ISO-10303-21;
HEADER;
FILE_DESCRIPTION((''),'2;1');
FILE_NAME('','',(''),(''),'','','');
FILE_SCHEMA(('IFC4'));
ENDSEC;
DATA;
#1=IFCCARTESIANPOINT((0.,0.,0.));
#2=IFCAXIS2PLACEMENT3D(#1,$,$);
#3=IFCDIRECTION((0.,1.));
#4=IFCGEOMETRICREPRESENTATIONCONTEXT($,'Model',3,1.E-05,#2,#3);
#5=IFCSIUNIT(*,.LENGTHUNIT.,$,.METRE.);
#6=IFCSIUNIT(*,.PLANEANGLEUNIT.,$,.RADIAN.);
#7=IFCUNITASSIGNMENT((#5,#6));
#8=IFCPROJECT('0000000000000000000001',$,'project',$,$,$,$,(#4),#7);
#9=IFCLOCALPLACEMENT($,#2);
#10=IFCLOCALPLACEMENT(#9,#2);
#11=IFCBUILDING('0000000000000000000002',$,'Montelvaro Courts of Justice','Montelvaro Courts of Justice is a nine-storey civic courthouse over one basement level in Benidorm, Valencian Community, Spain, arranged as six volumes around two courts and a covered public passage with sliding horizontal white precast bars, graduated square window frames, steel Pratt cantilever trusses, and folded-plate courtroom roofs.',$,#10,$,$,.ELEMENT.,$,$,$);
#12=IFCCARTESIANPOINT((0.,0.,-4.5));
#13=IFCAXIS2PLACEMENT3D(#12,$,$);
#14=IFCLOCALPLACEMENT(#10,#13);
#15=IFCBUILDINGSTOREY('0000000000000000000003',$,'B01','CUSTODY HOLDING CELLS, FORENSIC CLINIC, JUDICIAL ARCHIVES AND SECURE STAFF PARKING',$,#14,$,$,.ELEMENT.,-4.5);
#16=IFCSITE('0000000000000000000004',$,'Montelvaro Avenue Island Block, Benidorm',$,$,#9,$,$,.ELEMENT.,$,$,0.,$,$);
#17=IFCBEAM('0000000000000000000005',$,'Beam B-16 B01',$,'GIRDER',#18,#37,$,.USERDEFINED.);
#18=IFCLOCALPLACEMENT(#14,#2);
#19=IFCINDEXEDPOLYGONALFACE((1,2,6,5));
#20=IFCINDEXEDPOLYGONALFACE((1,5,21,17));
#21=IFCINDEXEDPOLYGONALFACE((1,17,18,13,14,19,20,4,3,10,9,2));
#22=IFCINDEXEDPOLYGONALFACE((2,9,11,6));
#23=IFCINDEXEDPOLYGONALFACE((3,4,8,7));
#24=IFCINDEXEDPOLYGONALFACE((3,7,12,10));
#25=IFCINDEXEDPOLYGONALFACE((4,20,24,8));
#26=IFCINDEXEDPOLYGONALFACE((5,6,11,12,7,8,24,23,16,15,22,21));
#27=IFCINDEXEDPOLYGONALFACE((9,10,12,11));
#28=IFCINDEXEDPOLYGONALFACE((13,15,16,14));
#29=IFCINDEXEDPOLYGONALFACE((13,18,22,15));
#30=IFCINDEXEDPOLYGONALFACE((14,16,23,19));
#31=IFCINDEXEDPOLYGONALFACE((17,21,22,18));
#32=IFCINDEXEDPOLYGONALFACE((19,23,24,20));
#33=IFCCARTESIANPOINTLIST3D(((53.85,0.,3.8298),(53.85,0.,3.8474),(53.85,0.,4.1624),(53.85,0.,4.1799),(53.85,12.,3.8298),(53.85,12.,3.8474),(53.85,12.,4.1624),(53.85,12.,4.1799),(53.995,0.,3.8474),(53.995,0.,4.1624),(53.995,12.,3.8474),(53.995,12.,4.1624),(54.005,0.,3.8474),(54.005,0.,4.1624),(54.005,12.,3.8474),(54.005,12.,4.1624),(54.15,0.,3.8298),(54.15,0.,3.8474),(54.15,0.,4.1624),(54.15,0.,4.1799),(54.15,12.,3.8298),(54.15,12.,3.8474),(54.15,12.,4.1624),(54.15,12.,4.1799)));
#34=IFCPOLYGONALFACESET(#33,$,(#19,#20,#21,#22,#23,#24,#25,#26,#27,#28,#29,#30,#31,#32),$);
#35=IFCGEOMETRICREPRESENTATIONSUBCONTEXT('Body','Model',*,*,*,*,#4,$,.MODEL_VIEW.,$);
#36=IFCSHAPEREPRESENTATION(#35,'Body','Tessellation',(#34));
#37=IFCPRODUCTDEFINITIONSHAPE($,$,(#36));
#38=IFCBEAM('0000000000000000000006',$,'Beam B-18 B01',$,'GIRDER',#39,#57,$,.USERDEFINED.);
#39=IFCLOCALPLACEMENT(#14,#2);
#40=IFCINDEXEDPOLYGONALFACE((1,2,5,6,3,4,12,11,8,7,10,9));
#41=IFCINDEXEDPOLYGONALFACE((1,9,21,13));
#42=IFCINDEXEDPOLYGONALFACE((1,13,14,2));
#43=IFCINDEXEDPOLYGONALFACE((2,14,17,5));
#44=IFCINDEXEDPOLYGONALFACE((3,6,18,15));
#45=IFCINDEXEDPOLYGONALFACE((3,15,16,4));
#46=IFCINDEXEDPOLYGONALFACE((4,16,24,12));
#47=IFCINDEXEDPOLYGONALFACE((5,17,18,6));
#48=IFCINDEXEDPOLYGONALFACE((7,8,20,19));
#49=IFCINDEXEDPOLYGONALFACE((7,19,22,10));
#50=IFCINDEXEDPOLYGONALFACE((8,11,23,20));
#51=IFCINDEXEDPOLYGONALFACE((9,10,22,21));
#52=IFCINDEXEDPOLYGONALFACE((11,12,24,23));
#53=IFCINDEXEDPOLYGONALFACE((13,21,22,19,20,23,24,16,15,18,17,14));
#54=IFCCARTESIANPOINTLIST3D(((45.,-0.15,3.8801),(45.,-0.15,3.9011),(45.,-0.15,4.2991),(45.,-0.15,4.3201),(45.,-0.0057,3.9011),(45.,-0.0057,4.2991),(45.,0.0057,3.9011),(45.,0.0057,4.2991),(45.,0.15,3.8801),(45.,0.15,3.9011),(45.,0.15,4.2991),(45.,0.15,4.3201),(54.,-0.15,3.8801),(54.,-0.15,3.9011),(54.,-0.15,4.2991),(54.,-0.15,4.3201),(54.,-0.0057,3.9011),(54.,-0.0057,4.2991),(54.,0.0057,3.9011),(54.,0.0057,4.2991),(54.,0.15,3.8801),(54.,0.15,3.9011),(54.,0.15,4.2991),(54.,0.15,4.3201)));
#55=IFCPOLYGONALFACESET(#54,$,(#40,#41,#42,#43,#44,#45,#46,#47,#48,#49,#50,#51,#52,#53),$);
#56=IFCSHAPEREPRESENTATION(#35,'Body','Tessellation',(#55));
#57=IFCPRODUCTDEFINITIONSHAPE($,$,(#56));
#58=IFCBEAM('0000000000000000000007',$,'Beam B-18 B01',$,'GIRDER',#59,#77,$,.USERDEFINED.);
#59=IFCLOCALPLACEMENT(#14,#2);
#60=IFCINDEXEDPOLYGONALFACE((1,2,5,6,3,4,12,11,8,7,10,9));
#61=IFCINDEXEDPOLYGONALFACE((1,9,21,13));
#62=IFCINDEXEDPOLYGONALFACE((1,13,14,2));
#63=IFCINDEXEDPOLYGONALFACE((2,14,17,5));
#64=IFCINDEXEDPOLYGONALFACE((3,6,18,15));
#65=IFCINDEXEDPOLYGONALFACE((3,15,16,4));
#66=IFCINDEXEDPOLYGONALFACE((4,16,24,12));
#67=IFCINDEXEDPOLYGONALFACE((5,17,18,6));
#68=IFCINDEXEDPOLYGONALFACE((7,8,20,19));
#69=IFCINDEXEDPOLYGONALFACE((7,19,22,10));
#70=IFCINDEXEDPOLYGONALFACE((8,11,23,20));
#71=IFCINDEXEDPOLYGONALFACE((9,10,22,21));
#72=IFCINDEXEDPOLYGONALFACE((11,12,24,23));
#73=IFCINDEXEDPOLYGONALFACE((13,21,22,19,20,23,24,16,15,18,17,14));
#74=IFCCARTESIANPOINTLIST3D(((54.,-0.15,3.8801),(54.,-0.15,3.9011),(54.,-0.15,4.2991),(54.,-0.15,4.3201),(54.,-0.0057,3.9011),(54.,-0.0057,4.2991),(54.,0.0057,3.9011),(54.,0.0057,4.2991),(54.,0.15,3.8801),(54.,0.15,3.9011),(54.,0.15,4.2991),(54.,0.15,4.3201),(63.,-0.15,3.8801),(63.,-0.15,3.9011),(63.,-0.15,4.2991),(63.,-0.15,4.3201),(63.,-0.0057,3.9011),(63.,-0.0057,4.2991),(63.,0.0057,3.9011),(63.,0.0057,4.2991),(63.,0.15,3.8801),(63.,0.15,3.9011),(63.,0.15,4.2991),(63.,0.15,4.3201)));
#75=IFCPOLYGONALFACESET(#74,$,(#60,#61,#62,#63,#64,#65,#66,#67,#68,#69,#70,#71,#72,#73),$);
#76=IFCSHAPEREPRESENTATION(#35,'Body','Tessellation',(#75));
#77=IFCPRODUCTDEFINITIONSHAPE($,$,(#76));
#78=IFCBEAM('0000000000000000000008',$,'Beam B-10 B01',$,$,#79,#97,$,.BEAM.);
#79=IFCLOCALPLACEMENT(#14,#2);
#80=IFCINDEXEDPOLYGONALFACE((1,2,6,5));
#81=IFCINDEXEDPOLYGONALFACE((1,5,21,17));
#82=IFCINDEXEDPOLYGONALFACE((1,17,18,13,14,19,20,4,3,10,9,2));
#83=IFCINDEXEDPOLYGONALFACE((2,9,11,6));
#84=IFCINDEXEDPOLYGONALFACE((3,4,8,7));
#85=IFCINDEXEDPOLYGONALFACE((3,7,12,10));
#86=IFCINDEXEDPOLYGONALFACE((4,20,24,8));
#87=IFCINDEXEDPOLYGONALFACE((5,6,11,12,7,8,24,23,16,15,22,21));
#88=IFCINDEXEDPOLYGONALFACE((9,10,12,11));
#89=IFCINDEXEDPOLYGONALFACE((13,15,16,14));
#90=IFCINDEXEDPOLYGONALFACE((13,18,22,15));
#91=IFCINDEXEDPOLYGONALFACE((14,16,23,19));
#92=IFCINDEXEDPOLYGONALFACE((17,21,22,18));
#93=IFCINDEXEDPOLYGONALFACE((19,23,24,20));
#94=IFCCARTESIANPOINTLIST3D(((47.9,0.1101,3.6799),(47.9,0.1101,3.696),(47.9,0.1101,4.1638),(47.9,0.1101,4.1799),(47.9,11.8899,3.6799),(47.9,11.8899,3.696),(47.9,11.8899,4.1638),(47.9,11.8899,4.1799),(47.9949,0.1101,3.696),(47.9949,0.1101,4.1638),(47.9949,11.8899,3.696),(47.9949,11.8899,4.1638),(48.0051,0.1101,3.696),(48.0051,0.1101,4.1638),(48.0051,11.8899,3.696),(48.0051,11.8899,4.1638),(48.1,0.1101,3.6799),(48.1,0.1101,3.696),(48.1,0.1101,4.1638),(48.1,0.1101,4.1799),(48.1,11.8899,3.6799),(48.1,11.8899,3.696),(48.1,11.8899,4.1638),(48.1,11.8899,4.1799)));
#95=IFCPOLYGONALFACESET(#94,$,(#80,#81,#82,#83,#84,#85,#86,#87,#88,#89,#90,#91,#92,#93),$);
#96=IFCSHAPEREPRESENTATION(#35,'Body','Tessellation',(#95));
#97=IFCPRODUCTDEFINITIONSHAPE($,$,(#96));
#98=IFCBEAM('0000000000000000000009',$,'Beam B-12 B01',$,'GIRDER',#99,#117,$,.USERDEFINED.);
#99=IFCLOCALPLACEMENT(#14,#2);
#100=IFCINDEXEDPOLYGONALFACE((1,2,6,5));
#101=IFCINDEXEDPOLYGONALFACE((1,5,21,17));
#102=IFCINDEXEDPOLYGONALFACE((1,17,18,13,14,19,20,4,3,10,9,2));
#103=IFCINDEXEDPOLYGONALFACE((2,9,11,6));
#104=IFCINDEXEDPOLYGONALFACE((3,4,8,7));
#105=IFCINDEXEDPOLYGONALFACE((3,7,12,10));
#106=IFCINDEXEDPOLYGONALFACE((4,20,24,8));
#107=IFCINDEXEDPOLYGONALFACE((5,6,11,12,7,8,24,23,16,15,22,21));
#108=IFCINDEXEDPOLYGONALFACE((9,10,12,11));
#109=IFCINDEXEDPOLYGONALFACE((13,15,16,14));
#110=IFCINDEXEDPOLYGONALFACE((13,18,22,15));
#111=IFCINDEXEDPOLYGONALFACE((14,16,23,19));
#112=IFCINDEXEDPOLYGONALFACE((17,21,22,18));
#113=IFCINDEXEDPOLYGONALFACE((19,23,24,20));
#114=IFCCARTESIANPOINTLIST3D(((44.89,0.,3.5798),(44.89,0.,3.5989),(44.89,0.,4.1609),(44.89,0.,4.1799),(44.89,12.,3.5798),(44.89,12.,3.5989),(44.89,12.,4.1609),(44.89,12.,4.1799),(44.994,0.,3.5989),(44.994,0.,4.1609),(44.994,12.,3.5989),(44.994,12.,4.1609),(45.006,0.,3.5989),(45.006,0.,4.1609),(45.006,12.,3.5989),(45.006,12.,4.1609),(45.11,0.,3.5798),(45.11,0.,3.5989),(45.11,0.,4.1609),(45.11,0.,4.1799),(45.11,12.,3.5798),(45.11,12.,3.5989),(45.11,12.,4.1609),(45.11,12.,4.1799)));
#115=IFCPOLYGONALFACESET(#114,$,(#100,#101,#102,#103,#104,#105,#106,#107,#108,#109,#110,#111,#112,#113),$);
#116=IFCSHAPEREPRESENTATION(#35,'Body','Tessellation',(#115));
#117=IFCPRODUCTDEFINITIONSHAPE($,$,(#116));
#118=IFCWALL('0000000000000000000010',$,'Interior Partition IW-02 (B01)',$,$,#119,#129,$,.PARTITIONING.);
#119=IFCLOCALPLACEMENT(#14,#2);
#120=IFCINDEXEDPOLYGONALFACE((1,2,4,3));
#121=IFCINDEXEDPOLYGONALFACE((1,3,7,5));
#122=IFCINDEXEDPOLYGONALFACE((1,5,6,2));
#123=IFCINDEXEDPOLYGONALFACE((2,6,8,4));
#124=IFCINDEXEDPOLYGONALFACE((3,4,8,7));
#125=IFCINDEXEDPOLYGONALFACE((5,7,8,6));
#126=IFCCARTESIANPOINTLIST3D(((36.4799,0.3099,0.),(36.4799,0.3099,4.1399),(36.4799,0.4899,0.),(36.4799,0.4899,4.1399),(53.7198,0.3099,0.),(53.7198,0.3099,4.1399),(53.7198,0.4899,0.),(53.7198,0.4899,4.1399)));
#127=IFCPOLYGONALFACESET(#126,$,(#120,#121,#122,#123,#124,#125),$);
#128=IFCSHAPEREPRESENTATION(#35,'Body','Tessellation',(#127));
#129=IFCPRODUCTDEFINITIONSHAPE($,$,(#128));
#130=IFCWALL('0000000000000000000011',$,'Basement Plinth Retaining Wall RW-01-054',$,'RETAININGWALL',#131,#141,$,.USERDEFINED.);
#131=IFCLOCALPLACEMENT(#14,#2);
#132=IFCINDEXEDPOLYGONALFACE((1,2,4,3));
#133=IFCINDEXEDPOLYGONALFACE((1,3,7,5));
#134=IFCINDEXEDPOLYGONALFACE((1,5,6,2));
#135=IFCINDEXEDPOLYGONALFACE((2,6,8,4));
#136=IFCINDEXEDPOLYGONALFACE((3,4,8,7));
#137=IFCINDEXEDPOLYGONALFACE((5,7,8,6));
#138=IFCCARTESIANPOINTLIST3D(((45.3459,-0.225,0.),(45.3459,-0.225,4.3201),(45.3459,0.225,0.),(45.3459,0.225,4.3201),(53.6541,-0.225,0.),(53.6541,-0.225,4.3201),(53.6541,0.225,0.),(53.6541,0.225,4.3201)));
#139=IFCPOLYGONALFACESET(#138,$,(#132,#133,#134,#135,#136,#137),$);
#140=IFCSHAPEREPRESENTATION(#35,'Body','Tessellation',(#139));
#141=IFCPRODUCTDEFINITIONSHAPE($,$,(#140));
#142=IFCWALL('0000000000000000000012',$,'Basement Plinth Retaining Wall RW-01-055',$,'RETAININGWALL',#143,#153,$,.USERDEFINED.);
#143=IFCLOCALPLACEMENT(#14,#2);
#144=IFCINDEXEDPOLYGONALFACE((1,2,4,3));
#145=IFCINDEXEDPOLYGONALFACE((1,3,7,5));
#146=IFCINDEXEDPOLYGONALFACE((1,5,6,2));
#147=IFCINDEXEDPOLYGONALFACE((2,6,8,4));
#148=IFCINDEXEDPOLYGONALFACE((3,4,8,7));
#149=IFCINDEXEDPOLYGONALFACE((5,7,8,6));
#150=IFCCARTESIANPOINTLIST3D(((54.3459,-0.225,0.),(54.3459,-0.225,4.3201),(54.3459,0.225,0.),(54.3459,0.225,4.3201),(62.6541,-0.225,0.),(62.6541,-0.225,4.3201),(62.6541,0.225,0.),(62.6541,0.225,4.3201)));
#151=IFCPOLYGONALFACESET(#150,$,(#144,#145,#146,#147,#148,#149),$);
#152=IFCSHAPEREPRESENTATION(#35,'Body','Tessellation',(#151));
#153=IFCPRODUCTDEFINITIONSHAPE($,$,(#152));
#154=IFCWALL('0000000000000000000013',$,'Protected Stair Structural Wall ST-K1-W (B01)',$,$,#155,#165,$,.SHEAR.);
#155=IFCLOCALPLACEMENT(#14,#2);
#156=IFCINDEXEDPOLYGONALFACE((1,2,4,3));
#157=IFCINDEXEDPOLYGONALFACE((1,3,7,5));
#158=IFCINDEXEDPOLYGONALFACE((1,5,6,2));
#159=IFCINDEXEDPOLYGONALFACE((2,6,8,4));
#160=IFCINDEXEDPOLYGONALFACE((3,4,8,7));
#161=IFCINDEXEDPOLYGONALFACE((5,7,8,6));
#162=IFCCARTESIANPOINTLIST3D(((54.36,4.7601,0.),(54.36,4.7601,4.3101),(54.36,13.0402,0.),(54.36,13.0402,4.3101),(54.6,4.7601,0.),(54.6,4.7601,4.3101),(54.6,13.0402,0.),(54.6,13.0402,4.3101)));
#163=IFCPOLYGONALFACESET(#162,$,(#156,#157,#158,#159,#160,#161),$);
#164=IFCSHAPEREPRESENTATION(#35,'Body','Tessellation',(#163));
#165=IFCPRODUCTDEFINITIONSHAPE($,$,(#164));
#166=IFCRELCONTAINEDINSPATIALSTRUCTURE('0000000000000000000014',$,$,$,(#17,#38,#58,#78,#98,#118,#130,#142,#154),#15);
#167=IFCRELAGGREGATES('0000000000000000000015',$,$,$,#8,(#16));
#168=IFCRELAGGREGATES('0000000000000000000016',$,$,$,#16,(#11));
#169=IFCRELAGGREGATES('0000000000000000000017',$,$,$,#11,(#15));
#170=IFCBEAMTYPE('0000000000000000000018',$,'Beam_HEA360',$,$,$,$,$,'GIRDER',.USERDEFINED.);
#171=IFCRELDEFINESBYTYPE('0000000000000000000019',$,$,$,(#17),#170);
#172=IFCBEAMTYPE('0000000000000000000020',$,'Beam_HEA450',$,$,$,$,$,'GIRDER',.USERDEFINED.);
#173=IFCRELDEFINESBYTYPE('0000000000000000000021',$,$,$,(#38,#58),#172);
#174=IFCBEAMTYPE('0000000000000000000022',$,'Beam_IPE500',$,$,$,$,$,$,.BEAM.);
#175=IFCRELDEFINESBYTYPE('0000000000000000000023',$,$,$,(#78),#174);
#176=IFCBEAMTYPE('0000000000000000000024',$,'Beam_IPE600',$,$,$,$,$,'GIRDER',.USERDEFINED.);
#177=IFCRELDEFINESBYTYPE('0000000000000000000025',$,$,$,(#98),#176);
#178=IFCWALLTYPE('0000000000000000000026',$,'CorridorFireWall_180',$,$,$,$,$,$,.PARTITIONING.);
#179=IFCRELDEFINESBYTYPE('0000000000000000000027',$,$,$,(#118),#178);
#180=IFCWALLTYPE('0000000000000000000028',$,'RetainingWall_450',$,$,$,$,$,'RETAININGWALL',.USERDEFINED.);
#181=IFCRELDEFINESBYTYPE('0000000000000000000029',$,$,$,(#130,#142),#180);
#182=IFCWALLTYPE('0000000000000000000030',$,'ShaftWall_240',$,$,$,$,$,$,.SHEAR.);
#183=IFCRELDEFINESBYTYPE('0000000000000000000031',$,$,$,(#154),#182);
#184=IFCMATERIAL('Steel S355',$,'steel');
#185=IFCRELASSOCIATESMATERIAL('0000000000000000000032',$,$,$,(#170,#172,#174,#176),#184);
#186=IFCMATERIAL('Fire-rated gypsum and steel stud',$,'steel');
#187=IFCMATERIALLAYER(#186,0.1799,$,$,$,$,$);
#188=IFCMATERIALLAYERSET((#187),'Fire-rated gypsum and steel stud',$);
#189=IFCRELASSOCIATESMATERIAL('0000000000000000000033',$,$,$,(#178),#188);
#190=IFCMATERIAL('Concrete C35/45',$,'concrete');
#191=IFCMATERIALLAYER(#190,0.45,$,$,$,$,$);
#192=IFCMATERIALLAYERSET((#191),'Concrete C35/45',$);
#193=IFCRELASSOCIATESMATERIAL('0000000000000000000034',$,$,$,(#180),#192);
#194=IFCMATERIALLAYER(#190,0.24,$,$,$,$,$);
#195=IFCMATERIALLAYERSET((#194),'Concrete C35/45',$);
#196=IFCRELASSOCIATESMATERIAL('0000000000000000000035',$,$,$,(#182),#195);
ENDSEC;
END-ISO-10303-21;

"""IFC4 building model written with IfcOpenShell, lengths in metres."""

from ifc_helpers import new_model, si_unit, direction, frame, frame_2d, origin, origin_2d, place, context, subcontext, project, spatial, rectangle, i_section, extrude, material, layer, layer_set, material_profile, profile_set, type_object, element, save


model = new_model("IFC4")

# Units and contexts
model_context = context("Model", 3, precision=1e-05, world=origin(), true_north=direction((0.0, 1.0)))
body_context = subcontext(model_context, "Body", "Model", "MODEL_VIEW")
ifc_project = project(units=[si_unit("LENGTHUNIT", "METRE"), si_unit("PLANEANGLEUNIT", "RADIAN")], contexts=[model_context])

# Site, building, storey
site_placement = place(None, origin())
site = spatial("IfcSite", under=ifc_project, at=site_placement, Name="Montelvaro Avenue Island Block, Benidorm", CompositionType="ELEMENT", RefElevation=0.0)
building_placement = place(site_placement, origin())
building = spatial("IfcBuilding", under=site, at=building_placement, Name="Montelvaro Courts of Justice", Description="Montelvaro Courts of Justice is a nine-storey civic courthouse over one basement level in Benidorm, Valencian Community, Spain, arranged as six volumes around two courts and a covered public passage with sliding horizontal white precast bars, graduated square window frames, steel Pratt cantilever trusses, and folded-plate courtroom roofs.", CompositionType="ELEMENT")
storey_placement = place(building_placement, frame((0.0, 0.0, -4.5)))
storey = spatial("IfcBuildingStorey", under=building, at=storey_placement, Name="B01", Description="CUSTODY HOLDING CELLS, FORENSIC CLINIC, JUDICIAL ARCHIVES AND SECURE STAFF PARKING", CompositionType="ELEMENT", Elevation=-4.5)

# Shared definitions
ifc_material_1 = material(Name="Concrete C35/45", Category="concrete")

# Beams
ifc_material_2 = material(Name="Steel S355", Category="steel")
ifc_material_profile_1 = material_profile(ifc_material_2, i_section(OverallWidth=0.3, OverallDepth=0.3501, WebThickness=0.01, FlangeThickness=0.0176, at=origin_2d()), Name="HEA 360")
ifc_profile_set_1 = profile_set([ifc_material_profile_1], Name="Steel S355")
beam_type_1 = type_object("IfcBeamType", Name="Beam_HEA360", ElementType="GIRDER", PredefinedType="USERDEFINED", material=ifc_profile_set_1)
beam_1_placement = place(storey_placement, frame((54.0, 0.0, 4.0049), z_axis=(0.0, 1.0, 0.0), x_axis=(-1.0, 0.0, 0.0)))
element("IfcBeam", 1, at=beam_1_placement, inside=storey, type_object=beam_type_1, Name="Beam B-16 B01", ObjectType="GIRDER", PredefinedType="USERDEFINED", context=body_context, shape_type="SweptSolid", body=[
    extrude(i_section(OverallWidth=0.3, OverallDepth=0.3501, WebThickness=0.01, FlangeThickness=0.0176, at=origin_2d()), origin(), (0.0, 0.0, 1.0), 12.0),
])
ifc_material_profile_2 = material_profile(ifc_material_2, i_section(OverallWidth=0.3, OverallDepth=0.4399, WebThickness=0.0115, FlangeThickness=0.021, at=origin_2d()), Name="HEA 450")
ifc_profile_set_2 = profile_set([ifc_material_profile_2], Name="Steel S355")
beam_type_2 = type_object("IfcBeamType", Name="Beam_HEA450", ElementType="GIRDER", PredefinedType="USERDEFINED", material=ifc_profile_set_2)
for number, where, z_axis, x_axis, name in (
    (2, (45.0, 0.0, 4.1001), (1.0, 0.0, 0.0), (0.0, 1.0, 0.0), "Beam B-18 B01"),
    (3, (54.0, 0.0, 4.1001), (1.0, 0.0, 0.0), (0.0, 1.0, 0.0), "Beam B-18 B01"),
):
    element("IfcBeam", number, at=place(storey_placement, frame(where, z_axis=z_axis, x_axis=x_axis)), inside=storey, type_object=beam_type_2, Name=name, ObjectType="GIRDER", PredefinedType="USERDEFINED", context=body_context, shape_type="SweptSolid", body=[
        extrude(i_section(OverallWidth=0.3, OverallDepth=0.4399, WebThickness=0.0115, FlangeThickness=0.021, at=origin_2d()), origin(), (0.0, 0.0, 1.0), 9.0),
    ])
ifc_material_profile_3 = material_profile(ifc_material_2, i_section(OverallWidth=0.2, OverallDepth=0.5, WebThickness=0.0103, FlangeThickness=0.0161, at=origin_2d()), Name="IPE 500")
ifc_profile_set_3 = profile_set([ifc_material_profile_3], Name="Steel S355")
beam_type_3 = type_object("IfcBeamType", Name="Beam_IPE500", PredefinedType="BEAM", material=ifc_profile_set_3)
beam_2_placement = place(storey_placement, frame((48.0, 0.1101, 3.9299), z_axis=(0.0, 1.0, 0.0), x_axis=(-1.0, 0.0, 0.0)))
element("IfcBeam", 4, at=beam_2_placement, inside=storey, type_object=beam_type_3, Name="Beam B-10 B01", PredefinedType="BEAM", context=body_context, shape_type="SweptSolid", body=[
    extrude(i_section(OverallWidth=0.2, OverallDepth=0.5, WebThickness=0.0103, FlangeThickness=0.0161, at=origin_2d()), origin(), (0.0, 0.0, 1.0), 11.7798),
])
ifc_material_profile_4 = material_profile(ifc_material_2, i_section(OverallWidth=0.22, OverallDepth=0.6001, WebThickness=0.012, FlangeThickness=0.019, at=origin_2d()), Name="IPE 600")
ifc_profile_set_4 = profile_set([ifc_material_profile_4], Name="Steel S355")
beam_type_4 = type_object("IfcBeamType", Name="Beam_IPE600", ElementType="GIRDER", PredefinedType="USERDEFINED", material=ifc_profile_set_4)
beam_3_placement = place(storey_placement, frame((45.0, 0.0, 3.8799), z_axis=(0.0, 1.0, 0.0), x_axis=(-1.0, 0.0, 0.0)))
element("IfcBeam", 5, at=beam_3_placement, inside=storey, type_object=beam_type_4, Name="Beam B-12 B01", ObjectType="GIRDER", PredefinedType="USERDEFINED", context=body_context, shape_type="SweptSolid", body=[
    extrude(i_section(OverallWidth=0.22, OverallDepth=0.6001, WebThickness=0.012, FlangeThickness=0.019, at=origin_2d()), origin(), (0.0, 0.0, 1.0), 12.0),
])

# Walls
ifc_material_3 = material(Name="Fire-rated gypsum and steel stud", Category="steel")
ifc_layer_1 = layer(ifc_material_3, 0.1799)
ifc_layer_set_1 = layer_set([ifc_layer_1], Name="Fire-rated gypsum and steel stud")
wall_type_1 = type_object("IfcWallType", Name="CorridorFireWall_180", PredefinedType="PARTITIONING", material=ifc_layer_set_1)
wall_1_placement = place(storey_placement, frame((53.72, 0.3999, 0.0), z_axis=(0.0, 0.0, 1.0), x_axis=(-1.0, 0.0, 0.0)))
element("IfcWall", 6, at=wall_1_placement, inside=storey, type_object=wall_type_1, Name="Interior Partition IW-02 (B01)", PredefinedType="PARTITIONING", context=body_context, shape_type="SweptSolid", body=[
    extrude(rectangle(XDim=17.24, YDim=0.1799, at=frame_2d((8.6201, 0.0))), origin(), (0.0, 0.0, 1.0), 4.1399),
])
ifc_layer_2 = layer(ifc_material_1, 0.45)
ifc_layer_set_2 = layer_set([ifc_layer_2], Name="Concrete C35/45")
wall_type_2 = type_object("IfcWallType", Name="RetainingWall_450", ElementType="RETAININGWALL", PredefinedType="USERDEFINED", material=ifc_layer_set_2)
for number, where, z_axis, x_axis, name in (
    (7, (45.3459, 0.0, 0.0), (0.0, 0.0, 1.0), (1.0, 0.0, 0.0), "Basement Plinth Retaining Wall RW-01-054"),
    (8, (54.3459, 0.0, 0.0), (0.0, 0.0, 1.0), (1.0, 0.0, 0.0), "Basement Plinth Retaining Wall RW-01-055"),
):
    element("IfcWall", number, at=place(storey_placement, frame(where, z_axis=z_axis, x_axis=x_axis)), inside=storey, type_object=wall_type_2, Name=name, ObjectType="RETAININGWALL", PredefinedType="USERDEFINED", context=body_context, shape_type="SweptSolid", body=[
        extrude(rectangle(XDim=8.3081, YDim=0.45, at=frame_2d((4.1541, 0.0))), origin(), (0.0, 0.0, 1.0), 4.3201),
    ])
ifc_layer_3 = layer(ifc_material_1, 0.24)
ifc_layer_set_3 = layer_set([ifc_layer_3], Name="Concrete C35/45")
wall_type_3 = type_object("IfcWallType", Name="ShaftWall_240", PredefinedType="SHEAR", material=ifc_layer_set_3)
wall_2_placement = place(storey_placement, frame((54.48, 4.76, 0.0), z_axis=(0.0, 0.0, 1.0), x_axis=(0.0, 1.0, 0.0)))
element("IfcWall", 9, at=wall_2_placement, inside=storey, type_object=wall_type_3, Name="Protected Stair Structural Wall ST-K1-W (B01)", PredefinedType="SHEAR", context=body_context, shape_type="SweptSolid", body=[
    extrude(rectangle(XDim=8.28, YDim=0.24, at=frame_2d((4.1401, 0.0))), origin(), (0.0, 0.0, 1.0), 4.3101),
])

save(model, "model.ifc")
